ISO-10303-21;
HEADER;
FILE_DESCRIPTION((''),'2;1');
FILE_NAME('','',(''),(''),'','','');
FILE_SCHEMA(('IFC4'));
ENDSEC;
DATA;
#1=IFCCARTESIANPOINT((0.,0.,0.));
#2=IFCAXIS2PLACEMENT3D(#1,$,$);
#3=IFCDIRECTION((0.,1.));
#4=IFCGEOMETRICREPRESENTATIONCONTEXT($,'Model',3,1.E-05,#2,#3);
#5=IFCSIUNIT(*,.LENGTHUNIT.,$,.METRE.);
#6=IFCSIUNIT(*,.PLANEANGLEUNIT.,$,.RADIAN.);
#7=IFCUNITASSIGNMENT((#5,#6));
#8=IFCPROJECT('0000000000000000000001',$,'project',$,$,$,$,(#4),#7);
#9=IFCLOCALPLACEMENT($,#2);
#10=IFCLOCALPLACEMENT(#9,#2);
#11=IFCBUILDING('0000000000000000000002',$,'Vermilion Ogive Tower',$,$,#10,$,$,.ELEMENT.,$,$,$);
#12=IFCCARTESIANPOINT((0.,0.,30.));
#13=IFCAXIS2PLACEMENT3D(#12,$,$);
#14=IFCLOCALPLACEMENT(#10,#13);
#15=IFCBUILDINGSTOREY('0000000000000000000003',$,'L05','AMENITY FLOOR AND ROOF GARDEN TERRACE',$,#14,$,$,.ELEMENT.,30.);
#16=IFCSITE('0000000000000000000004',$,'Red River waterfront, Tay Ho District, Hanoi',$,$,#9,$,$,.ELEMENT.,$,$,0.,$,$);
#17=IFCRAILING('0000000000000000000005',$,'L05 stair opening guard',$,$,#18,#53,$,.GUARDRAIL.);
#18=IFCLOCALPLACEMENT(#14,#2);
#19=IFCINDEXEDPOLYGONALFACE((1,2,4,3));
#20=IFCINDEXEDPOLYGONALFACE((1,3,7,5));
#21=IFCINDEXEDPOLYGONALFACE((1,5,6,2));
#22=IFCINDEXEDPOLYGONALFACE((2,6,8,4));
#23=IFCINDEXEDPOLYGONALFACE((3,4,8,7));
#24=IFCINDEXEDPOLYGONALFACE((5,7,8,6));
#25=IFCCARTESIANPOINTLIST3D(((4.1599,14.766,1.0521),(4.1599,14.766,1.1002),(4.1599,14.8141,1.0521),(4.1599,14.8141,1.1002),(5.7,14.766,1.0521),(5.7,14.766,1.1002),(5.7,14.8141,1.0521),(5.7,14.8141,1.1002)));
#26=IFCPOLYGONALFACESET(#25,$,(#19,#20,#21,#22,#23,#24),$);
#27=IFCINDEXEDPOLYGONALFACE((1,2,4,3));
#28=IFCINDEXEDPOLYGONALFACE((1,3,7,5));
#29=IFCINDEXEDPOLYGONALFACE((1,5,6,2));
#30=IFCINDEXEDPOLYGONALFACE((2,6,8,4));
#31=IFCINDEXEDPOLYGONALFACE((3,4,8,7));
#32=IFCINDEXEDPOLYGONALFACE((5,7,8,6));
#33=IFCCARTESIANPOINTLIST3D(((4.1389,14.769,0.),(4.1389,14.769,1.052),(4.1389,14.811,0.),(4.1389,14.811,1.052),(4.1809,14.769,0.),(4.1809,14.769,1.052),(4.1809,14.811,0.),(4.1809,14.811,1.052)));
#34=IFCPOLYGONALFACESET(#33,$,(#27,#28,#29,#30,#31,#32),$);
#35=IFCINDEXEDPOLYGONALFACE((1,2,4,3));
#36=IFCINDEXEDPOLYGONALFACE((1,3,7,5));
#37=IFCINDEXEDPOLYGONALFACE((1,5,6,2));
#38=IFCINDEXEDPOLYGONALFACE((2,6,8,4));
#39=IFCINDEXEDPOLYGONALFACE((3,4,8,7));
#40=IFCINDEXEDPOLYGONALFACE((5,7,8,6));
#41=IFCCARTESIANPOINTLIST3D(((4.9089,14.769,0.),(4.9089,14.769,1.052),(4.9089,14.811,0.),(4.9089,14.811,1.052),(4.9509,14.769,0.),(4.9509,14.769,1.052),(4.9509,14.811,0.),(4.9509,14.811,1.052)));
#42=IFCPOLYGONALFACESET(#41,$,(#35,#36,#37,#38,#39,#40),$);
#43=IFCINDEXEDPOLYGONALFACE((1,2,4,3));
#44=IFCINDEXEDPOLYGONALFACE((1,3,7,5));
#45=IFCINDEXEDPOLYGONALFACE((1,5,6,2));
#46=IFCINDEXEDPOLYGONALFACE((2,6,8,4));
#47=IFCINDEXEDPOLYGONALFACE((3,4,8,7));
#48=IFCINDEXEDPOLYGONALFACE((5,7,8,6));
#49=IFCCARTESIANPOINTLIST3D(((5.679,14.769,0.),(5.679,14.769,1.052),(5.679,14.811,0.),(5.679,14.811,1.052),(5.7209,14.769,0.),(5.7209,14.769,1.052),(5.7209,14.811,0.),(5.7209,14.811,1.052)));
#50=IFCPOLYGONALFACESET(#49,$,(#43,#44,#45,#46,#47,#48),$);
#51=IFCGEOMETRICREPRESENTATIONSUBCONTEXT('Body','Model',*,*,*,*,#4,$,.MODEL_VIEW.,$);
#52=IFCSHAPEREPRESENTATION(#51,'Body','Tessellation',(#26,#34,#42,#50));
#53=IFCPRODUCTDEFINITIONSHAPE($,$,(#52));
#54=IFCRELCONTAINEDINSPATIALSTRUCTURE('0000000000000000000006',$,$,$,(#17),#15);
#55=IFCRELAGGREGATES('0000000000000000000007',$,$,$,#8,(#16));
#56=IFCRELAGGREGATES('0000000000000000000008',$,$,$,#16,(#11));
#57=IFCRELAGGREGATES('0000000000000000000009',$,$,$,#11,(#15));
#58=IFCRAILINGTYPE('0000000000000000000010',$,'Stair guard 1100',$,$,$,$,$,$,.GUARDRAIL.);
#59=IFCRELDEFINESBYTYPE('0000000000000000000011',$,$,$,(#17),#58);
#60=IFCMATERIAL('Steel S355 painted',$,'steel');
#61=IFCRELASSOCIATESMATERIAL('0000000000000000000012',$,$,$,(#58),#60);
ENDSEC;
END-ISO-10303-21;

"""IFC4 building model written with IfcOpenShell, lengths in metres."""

from ifc_helpers import new_model, si_unit, direction, frame, origin, origin_2d, place, context, subcontext, project, spatial, rectangle, extrude, material, type_object, element, save


model = new_model("IFC4")

# Units and contexts
model_context = context("Model", 3, precision=1e-05, world=origin(), true_north=direction((0.0, 1.0)))
body_context = subcontext(model_context, "Body", "Model", "MODEL_VIEW")
ifc_project = project(units=[si_unit("LENGTHUNIT", "METRE"), si_unit("PLANEANGLEUNIT", "RADIAN")], contexts=[model_context])

# Site, building, storey
site_placement = place(None, origin())
site = spatial("IfcSite", under=ifc_project, at=site_placement, Name="Red River waterfront, Tay Ho District, Hanoi", CompositionType="ELEMENT", RefElevation=0.0)
building_placement = place(site_placement, origin())
building = spatial("IfcBuilding", under=site, at=building_placement, Name="Vermilion Ogive Tower", CompositionType="ELEMENT")
storey_placement = place(building_placement, frame((0.0, 0.0, 30.0)))
storey = spatial("IfcBuildingStorey", under=building, at=storey_placement, Name="L05", Description="AMENITY FLOOR AND ROOF GARDEN TERRACE", CompositionType="ELEMENT", Elevation=30.0)

# Railing
ifc_material_1 = material(Name="Steel S355 painted", Category="steel")
railing_type = type_object("IfcRailingType", Name="Stair guard 1100", PredefinedType="GUARDRAIL", material=ifc_material_1)
railing_placement = place(storey_placement, frame((4.1599, 14.79, 0.0)))
element("IfcRailing", 1, at=railing_placement, inside=storey, type_object=railing_type, Name="L05 stair opening guard", PredefinedType="GUARDRAIL", context=body_context, shape_type="SweptSolid", body=[
    extrude(rectangle(XDim=0.0481, YDim=0.0481, at=origin_2d()), frame((0.0, 0.0, 1.0762), z_axis=(1.0, 0.0, 0.0), x_axis=(0.0, 1.0, 0.0)), (0.0, 0.0, 1.0), 1.54),
    extrude(rectangle(XDim=0.042, YDim=0.042, at=origin_2d()), origin(), (0.0, 0.0, 1.0), 1.052),
    extrude(rectangle(XDim=0.042, YDim=0.042, at=origin_2d()), frame((0.77, 0.0, 0.0)), (0.0, 0.0, 1.0), 1.052),
    extrude(rectangle(XDim=0.042, YDim=0.042, at=origin_2d()), frame((1.54, 0.0, 0.0)), (0.0, 0.0, 1.0), 1.052),
])

save(model, "model.ifc")
